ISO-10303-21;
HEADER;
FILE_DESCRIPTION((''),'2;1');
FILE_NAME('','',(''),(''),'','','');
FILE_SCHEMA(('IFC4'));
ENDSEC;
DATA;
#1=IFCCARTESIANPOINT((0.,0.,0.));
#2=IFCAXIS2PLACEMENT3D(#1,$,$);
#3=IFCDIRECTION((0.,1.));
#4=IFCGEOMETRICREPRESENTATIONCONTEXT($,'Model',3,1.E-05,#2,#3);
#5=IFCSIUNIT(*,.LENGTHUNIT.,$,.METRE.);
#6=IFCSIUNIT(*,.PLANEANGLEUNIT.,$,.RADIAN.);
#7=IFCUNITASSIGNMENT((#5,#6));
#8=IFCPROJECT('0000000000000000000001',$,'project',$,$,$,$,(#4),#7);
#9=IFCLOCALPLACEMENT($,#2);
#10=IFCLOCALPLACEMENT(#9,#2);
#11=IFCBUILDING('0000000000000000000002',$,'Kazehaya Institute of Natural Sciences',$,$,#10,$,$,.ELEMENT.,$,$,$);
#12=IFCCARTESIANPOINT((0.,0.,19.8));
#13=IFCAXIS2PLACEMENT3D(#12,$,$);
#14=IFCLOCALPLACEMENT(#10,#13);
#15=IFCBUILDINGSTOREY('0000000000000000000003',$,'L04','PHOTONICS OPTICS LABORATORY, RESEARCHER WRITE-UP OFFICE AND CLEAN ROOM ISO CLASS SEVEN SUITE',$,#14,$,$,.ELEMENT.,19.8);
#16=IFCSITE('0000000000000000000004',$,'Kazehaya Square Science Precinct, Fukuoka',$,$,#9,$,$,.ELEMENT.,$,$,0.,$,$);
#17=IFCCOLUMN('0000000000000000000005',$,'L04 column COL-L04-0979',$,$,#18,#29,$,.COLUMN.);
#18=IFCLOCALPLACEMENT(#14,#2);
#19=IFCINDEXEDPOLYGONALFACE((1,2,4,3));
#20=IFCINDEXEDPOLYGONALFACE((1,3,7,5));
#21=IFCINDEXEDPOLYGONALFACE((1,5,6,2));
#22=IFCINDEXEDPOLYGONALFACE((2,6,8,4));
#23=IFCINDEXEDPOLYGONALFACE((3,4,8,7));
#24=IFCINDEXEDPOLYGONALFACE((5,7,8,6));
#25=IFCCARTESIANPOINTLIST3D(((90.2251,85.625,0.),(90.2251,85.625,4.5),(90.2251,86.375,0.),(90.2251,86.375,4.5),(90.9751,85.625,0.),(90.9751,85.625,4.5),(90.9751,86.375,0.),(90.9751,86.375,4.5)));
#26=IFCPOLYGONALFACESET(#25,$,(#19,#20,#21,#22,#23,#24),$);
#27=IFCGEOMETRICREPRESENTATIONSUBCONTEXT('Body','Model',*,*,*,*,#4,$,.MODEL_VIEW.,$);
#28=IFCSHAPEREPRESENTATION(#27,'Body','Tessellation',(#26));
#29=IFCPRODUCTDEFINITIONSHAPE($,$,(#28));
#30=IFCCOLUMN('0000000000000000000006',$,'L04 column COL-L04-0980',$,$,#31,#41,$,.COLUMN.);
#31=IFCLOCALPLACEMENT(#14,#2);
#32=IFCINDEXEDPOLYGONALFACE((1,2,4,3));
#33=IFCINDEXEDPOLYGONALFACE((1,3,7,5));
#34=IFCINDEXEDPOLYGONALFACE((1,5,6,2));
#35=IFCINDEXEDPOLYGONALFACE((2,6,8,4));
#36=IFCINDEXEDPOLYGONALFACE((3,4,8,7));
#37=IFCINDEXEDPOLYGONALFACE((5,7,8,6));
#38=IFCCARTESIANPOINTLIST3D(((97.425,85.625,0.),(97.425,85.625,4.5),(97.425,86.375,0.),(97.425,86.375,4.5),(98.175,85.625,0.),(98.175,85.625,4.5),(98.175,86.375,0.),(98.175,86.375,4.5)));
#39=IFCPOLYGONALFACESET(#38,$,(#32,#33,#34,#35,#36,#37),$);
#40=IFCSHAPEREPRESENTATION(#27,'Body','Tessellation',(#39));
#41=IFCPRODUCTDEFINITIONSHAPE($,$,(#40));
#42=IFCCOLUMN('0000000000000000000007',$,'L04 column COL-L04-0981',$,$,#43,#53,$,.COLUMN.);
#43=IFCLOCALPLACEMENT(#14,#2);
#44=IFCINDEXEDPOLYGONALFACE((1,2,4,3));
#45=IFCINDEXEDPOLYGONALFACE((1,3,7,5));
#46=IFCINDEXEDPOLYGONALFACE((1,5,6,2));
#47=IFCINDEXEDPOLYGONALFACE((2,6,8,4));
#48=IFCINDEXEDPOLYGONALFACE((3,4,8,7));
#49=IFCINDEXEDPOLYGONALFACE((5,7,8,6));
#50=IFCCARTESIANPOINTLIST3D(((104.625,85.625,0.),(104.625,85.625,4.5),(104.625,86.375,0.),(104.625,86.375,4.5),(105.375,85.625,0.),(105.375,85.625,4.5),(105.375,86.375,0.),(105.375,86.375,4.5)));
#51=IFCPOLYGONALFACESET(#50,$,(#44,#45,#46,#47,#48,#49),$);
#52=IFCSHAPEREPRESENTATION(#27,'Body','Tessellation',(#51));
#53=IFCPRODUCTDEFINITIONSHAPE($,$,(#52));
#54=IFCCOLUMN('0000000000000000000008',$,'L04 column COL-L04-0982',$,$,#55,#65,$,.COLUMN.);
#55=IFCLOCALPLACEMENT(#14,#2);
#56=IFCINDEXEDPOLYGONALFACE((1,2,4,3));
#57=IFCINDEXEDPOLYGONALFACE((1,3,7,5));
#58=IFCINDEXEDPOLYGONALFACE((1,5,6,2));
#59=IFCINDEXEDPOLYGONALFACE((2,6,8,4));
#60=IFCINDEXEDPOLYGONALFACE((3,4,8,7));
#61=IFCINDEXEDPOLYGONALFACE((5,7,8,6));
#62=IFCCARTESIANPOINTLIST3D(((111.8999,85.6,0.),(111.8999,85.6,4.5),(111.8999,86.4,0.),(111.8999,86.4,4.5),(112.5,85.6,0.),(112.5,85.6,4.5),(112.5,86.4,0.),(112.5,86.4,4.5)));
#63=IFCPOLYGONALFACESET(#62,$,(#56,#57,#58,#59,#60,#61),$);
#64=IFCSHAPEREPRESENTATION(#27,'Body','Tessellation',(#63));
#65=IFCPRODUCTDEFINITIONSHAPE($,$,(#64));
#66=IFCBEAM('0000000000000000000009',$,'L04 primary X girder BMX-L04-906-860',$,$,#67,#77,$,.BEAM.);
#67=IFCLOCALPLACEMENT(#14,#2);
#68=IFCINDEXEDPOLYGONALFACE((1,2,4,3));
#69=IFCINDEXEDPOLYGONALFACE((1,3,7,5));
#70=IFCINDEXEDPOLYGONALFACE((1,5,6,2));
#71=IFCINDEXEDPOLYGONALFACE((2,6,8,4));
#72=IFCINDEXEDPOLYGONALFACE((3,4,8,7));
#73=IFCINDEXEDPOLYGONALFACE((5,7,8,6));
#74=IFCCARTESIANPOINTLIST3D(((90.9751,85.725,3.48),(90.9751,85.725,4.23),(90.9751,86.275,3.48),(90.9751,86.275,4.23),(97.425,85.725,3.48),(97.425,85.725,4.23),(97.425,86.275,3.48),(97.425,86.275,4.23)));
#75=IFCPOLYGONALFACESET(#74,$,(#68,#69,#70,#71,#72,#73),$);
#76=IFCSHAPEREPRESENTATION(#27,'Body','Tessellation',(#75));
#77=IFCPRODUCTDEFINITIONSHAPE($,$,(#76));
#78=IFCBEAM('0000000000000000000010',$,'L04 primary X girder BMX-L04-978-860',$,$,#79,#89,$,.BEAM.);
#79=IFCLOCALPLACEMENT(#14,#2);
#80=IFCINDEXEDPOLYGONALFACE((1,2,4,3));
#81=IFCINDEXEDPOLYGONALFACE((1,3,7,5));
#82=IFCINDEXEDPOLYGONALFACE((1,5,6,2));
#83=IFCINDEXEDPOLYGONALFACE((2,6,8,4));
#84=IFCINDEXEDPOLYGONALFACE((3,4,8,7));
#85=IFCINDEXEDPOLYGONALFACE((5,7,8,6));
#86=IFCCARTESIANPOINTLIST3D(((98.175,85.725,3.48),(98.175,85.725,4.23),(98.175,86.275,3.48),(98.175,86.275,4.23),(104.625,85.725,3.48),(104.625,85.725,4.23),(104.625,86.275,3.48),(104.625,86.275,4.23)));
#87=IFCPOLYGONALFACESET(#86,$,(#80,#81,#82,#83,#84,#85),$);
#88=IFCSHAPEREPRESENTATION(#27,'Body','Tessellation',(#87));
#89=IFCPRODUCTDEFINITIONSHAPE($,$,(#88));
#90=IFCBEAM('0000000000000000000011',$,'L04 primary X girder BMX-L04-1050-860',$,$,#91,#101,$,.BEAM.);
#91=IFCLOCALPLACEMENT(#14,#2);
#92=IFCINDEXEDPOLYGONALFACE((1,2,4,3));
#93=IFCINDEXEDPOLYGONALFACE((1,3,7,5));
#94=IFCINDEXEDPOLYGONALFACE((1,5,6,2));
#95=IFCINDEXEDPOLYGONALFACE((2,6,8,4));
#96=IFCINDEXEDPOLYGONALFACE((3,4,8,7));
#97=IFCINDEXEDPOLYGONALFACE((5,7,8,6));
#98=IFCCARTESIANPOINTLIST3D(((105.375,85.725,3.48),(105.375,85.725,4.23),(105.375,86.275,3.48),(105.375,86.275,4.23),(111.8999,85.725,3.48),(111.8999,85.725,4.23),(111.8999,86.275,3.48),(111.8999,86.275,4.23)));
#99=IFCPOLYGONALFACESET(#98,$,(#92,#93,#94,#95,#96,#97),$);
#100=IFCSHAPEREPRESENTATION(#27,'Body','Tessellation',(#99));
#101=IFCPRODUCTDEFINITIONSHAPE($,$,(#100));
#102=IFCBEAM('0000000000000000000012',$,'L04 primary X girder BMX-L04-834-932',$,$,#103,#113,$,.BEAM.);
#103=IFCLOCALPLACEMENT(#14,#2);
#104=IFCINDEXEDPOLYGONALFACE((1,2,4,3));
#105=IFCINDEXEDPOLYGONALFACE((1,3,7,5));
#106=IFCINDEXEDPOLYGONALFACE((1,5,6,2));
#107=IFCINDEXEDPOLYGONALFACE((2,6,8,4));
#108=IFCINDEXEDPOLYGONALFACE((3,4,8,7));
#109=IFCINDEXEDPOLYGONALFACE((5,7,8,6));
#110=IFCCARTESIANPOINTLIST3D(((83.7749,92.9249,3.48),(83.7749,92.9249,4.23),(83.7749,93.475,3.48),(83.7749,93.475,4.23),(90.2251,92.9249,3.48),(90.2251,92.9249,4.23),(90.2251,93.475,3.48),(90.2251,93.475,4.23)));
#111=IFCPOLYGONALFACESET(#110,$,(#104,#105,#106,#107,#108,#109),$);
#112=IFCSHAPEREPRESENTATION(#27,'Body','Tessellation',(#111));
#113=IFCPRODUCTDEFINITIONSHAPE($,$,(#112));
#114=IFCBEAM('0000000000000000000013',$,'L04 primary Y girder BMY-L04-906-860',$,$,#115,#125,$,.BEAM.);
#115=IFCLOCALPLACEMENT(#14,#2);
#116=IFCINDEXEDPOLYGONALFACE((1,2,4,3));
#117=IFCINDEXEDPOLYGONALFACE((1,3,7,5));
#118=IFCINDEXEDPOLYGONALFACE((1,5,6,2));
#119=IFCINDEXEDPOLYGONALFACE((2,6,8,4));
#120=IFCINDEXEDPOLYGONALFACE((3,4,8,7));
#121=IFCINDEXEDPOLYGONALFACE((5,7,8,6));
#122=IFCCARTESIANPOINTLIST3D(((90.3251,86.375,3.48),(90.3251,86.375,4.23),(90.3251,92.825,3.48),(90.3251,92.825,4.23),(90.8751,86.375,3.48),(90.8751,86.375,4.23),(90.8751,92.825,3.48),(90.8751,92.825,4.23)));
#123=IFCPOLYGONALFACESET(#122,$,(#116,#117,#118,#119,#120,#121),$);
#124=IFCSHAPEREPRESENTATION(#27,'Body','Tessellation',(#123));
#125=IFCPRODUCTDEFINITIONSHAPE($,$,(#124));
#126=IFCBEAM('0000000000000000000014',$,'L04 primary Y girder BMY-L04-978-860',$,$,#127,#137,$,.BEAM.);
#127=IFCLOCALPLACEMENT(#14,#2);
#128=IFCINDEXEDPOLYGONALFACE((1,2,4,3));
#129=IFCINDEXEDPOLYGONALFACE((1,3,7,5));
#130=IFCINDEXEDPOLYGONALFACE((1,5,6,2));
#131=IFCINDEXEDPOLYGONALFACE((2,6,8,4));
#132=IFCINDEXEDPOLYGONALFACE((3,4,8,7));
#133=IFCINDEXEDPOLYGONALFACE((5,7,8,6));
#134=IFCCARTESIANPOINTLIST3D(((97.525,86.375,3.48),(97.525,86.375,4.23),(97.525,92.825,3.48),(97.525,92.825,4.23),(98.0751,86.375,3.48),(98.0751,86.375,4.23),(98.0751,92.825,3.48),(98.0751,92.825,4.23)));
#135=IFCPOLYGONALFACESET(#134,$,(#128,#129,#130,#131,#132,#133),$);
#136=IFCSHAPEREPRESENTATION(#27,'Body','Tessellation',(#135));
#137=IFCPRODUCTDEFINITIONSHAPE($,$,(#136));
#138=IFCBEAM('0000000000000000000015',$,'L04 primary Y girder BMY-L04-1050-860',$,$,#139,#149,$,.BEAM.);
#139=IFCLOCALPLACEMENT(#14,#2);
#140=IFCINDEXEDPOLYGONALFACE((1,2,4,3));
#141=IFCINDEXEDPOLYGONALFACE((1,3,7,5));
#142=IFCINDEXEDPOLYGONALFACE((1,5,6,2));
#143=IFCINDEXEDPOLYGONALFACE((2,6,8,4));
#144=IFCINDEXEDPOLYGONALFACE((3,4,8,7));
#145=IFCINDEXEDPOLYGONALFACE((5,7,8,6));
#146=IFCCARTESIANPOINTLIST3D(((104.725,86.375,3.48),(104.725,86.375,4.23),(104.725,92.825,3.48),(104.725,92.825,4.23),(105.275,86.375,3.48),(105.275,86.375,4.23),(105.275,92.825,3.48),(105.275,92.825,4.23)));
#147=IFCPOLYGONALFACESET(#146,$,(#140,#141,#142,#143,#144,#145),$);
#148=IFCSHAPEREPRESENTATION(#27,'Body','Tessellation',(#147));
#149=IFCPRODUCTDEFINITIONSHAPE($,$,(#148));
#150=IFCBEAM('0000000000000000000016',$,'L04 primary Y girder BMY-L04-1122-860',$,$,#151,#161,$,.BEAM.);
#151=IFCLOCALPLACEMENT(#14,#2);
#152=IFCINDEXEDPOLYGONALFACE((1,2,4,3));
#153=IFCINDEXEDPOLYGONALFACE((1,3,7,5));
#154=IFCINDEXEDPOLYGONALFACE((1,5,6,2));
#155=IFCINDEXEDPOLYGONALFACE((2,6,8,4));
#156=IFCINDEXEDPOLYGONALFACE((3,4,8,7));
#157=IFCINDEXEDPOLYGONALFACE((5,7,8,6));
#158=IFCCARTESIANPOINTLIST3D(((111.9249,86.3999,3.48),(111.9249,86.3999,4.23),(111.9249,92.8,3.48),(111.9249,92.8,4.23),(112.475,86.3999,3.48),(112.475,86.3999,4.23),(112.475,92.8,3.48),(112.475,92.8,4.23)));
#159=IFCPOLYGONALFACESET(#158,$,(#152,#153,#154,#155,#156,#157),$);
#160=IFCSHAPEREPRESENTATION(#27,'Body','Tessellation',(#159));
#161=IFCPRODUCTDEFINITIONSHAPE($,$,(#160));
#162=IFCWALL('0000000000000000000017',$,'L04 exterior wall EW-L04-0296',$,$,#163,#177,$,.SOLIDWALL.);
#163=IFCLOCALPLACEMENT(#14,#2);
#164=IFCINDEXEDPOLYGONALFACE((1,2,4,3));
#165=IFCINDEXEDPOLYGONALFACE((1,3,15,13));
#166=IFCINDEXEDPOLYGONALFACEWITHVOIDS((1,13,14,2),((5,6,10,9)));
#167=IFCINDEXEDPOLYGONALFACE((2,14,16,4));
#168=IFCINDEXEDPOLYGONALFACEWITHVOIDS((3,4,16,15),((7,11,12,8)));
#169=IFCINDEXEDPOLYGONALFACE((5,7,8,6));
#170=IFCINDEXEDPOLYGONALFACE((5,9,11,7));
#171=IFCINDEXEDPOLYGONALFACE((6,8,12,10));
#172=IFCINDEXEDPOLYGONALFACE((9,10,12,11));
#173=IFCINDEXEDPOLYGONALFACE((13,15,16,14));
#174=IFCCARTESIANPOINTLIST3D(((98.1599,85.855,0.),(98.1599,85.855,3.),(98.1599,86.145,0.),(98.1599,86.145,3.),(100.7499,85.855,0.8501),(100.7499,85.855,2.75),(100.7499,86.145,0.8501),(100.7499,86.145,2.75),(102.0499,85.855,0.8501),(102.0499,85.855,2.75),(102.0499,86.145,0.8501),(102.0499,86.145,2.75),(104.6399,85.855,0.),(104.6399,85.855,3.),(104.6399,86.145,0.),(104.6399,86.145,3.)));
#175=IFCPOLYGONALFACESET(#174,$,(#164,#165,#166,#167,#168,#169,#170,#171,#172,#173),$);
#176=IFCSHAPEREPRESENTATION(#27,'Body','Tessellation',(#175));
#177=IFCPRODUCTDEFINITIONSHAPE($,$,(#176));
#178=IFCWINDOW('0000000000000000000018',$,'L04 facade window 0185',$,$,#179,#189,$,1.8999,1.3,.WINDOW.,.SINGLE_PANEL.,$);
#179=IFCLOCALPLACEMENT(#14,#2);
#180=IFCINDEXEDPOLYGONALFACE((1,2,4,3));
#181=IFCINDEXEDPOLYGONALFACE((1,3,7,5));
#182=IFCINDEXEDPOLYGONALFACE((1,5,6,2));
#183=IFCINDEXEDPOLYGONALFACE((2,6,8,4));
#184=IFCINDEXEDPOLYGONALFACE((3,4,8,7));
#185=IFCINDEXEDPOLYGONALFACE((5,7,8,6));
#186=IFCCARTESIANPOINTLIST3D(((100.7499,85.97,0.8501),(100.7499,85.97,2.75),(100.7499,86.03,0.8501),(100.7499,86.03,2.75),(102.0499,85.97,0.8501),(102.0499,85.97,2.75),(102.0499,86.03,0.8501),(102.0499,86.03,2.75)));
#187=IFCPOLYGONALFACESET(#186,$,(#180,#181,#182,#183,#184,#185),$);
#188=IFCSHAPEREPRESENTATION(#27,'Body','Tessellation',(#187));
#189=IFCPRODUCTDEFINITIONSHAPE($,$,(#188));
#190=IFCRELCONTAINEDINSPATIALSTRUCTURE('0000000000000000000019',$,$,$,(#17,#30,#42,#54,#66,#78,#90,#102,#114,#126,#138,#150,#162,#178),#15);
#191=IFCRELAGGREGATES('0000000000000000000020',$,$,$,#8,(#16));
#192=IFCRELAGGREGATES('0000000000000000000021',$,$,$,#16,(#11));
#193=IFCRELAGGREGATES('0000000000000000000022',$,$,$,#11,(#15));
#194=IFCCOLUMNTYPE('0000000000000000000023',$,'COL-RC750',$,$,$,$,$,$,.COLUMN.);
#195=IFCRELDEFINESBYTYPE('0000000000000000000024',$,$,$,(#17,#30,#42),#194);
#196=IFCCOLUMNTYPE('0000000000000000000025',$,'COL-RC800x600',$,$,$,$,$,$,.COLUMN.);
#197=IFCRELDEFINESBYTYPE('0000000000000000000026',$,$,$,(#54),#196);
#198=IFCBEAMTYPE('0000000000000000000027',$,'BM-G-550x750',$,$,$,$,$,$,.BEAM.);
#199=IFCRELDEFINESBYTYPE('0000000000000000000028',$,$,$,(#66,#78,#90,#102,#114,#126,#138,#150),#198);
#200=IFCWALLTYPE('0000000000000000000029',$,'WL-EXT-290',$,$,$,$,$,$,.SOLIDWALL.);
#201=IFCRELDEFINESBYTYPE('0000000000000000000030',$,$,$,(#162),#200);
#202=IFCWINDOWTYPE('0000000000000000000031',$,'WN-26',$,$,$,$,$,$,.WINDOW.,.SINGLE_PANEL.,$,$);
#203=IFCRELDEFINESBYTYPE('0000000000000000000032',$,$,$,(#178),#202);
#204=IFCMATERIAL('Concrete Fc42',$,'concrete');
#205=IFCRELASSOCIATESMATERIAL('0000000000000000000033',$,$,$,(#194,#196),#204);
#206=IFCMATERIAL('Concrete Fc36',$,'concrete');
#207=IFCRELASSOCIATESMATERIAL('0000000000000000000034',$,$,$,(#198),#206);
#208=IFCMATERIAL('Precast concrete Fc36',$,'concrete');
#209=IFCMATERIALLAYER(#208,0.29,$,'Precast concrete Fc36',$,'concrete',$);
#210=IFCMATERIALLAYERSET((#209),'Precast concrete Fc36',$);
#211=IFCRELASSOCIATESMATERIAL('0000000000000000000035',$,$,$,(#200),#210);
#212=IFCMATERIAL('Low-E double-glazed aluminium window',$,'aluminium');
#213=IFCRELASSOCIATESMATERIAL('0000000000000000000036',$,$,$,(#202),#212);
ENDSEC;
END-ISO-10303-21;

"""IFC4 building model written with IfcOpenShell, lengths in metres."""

from ifc_helpers import new_model, si_unit, direction, frame, frame_2d, origin, origin_2d, place, context, subcontext, project, spatial, rectangle, extrude, material, layer, layer_set, material_profile, profile_set, type_object, element, fill, save


model = new_model("IFC4")

# Units and contexts
model_context = context("Model", 3, precision=1e-05, world=origin(), true_north=direction((0.0, 1.0)))
body_context = subcontext(model_context, "Body", "Model", "MODEL_VIEW")
ifc_project = project(units=[si_unit("LENGTHUNIT", "METRE"), si_unit("PLANEANGLEUNIT", "RADIAN")], contexts=[model_context])

# Site, building, storey
site_placement = place(None, origin())
site = spatial("IfcSite", under=ifc_project, at=site_placement, Name="Kazehaya Square Science Precinct, Fukuoka", CompositionType="ELEMENT", RefElevation=0.0)
building_placement = place(site_placement, origin())
building = spatial("IfcBuilding", under=site, at=building_placement, Name="Kazehaya Institute of Natural Sciences", CompositionType="ELEMENT")
storey_placement = place(building_placement, frame((0.0, 0.0, 19.8)))
storey = spatial("IfcBuildingStorey", under=building, at=storey_placement, Name="L04", Description="PHOTONICS OPTICS LABORATORY, RESEARCHER WRITE-UP OFFICE AND CLEAN ROOM ISO CLASS SEVEN SUITE", CompositionType="ELEMENT", Elevation=19.8)

# Columns
ifc_material_1 = material(Name="Concrete Fc42", Category="concrete")
ifc_material_profile_1 = material_profile(ifc_material_1, rectangle(XDim=0.75, YDim=0.75, at=origin_2d()), Name="RC-750x750")
ifc_profile_set_1 = profile_set([ifc_material_profile_1], Name="Concrete Fc42")
column_type_1 = type_object("IfcColumnType", Name="COL-RC750", PredefinedType="COLUMN", material=ifc_profile_set_1)
for number, where, z_axis, x_axis, name in (
    (1, (90.6001, 86.0, 0.0), (0.0, 0.0, 1.0), (1.0, 0.0, 0.0), "L04 column COL-L04-0979"),
    (2, (97.8, 86.0, 0.0), (0.0, 0.0, 1.0), (1.0, 0.0, 0.0), "L04 column COL-L04-0980"),
    (3, (105.0, 86.0, 0.0), (0.0, 0.0, 1.0), (1.0, 0.0, 0.0), "L04 column COL-L04-0981"),
):
    element("IfcColumn", number, at=place(storey_placement, frame(where, z_axis=z_axis, x_axis=x_axis)), inside=storey, type_object=column_type_1, Name=name, PredefinedType="COLUMN", context=body_context, shape_type="SweptSolid", body=[
        extrude(rectangle(XDim=0.75, YDim=0.75, at=origin_2d()), origin(), (0.0, 0.0, 1.0), 4.5),
    ])
ifc_material_profile_2 = material_profile(ifc_material_1, rectangle(XDim=0.6001, YDim=0.8, at=origin_2d()), Name="RC-800x600")
ifc_profile_set_2 = profile_set([ifc_material_profile_2], Name="Concrete Fc42")
column_type_2 = type_object("IfcColumnType", Name="COL-RC800x600", PredefinedType="COLUMN", material=ifc_profile_set_2)
column_placement = place(storey_placement, frame((112.2, 86.0, 0.0), z_axis=(0.0, 0.0, 1.0), x_axis=(1.0, 0.0, 0.0)))
element("IfcColumn", 4, at=column_placement, inside=storey, type_object=column_type_2, Name="L04 column COL-L04-0982", PredefinedType="COLUMN", context=body_context, shape_type="SweptSolid", body=[
    extrude(rectangle(XDim=0.6001, YDim=0.8, at=origin_2d()), origin(), (0.0, 0.0, 1.0), 4.5),
])

# Beams
ifc_material_2 = material(Name="Concrete Fc36", Category="concrete")
ifc_material_profile_3 = material_profile(ifc_material_2, rectangle(XDim=0.55, YDim=0.75, at=origin_2d()), Name="RC-550x750")
ifc_profile_set_3 = profile_set([ifc_material_profile_3], Name="Concrete Fc36")
beam_type = type_object("IfcBeamType", Name="BM-G-550x750", PredefinedType="BEAM", material=ifc_profile_set_3)
for number, where, z_axis, x_axis, name in (
    (5, (90.9751, 86.0, 3.855), (1.0, 0.0, 0.0), (0.0, 1.0, 0.0), "L04 primary X girder BMX-L04-906-860"),
    (6, (98.175, 86.0, 3.855), (1.0, 0.0, 0.0), (0.0, 1.0, 0.0), "L04 primary X girder BMX-L04-978-860"),
):
    element("IfcBeam", number, at=place(storey_placement, frame(where, z_axis=z_axis, x_axis=x_axis)), inside=storey, type_object=beam_type, Name=name, PredefinedType="BEAM", context=body_context, shape_type="SweptSolid", body=[
        extrude(rectangle(XDim=0.55, YDim=0.75, at=origin_2d()), origin(), (0.0, 0.0, 1.0), 6.45),
    ])
beam_1_placement = place(storey_placement, frame((105.375, 86.0, 3.855), z_axis=(1.0, 0.0, 0.0), x_axis=(0.0, 1.0, 0.0)))
element("IfcBeam", 7, at=beam_1_placement, inside=storey, type_object=beam_type, Name="L04 primary X girder BMX-L04-1050-860", PredefinedType="BEAM", context=body_context, shape_type="SweptSolid", body=[
    extrude(rectangle(XDim=0.55, YDim=0.75, at=origin_2d()), origin(), (0.0, 0.0, 1.0), 6.5249),
])
beam_2_placement = place(storey_placement, frame((83.7749, 93.2, 3.855), z_axis=(1.0, 0.0, 0.0), x_axis=(0.0, 1.0, 0.0)))
element("IfcBeam", 8, at=beam_2_placement, inside=storey, type_object=beam_type, Name="L04 primary X girder BMX-L04-834-932", PredefinedType="BEAM", context=body_context, shape_type="SweptSolid", body=[
    extrude(rectangle(XDim=0.55, YDim=0.75, at=origin_2d()), origin(), (0.0, 0.0, 1.0), 6.4502),
])
for number, where, z_axis, x_axis, name in (
    (9, (90.6001, 86.375, 3.855), (0.0, 1.0, 0.0), (-1.0, 0.0, 0.0), "L04 primary Y girder BMY-L04-906-860"),
    (10, (97.8, 86.375, 3.855), (0.0, 1.0, 0.0), (-1.0, 0.0, 0.0), "L04 primary Y girder BMY-L04-978-860"),
    (11, (105.0, 86.375, 3.855), (0.0, 1.0, 0.0), (-1.0, 0.0, 0.0), "L04 primary Y girder BMY-L04-1050-860"),
):
    element("IfcBeam", number, at=place(storey_placement, frame(where, z_axis=z_axis, x_axis=x_axis)), inside=storey, type_object=beam_type, Name=name, PredefinedType="BEAM", context=body_context, shape_type="SweptSolid", body=[
        extrude(rectangle(XDim=0.55, YDim=0.75, at=origin_2d()), origin(), (0.0, 0.0, 1.0), 6.45),
    ])
beam_3_placement = place(storey_placement, frame((112.2, 86.3999, 3.855), z_axis=(0.0, 1.0, 0.0), x_axis=(-1.0, 0.0, 0.0)))
element("IfcBeam", 12, at=beam_3_placement, inside=storey, type_object=beam_type, Name="L04 primary Y girder BMY-L04-1122-860", PredefinedType="BEAM", context=body_context, shape_type="SweptSolid", body=[
    extrude(rectangle(XDim=0.55, YDim=0.75, at=origin_2d()), origin(), (0.0, 0.0, 1.0), 6.4001),
])

# Wall, opening, window
ifc_material_3 = material(Name="Precast concrete Fc36", Category="concrete")
ifc_layer_1 = layer(ifc_material_3, 0.29, Name="Precast concrete Fc36", Category="concrete")
ifc_layer_set_1 = layer_set([ifc_layer_1], Name="Precast concrete Fc36")
wall_type_1 = type_object("IfcWallType", Name="WL-EXT-290", PredefinedType="SOLIDWALL", material=ifc_layer_set_1)
wall_1_placement = place(storey_placement, frame((104.6399, 86.0, 0.0), z_axis=(0.0, 0.0, 1.0), x_axis=(-1.0, 0.0, 0.0)))
wall_1 = element("IfcWall", 13, at=wall_1_placement, inside=storey, type_object=wall_type_1, Name="L04 exterior wall EW-L04-0296", PredefinedType="SOLIDWALL", context=body_context, shape_type="SweptSolid", body=[
    extrude(rectangle(XDim=6.48, YDim=0.29, at=frame_2d((3.24, 0.0))), origin(), (0.0, 0.0, 1.0), 3.0),
])
opening_1_placement = place(wall_1_placement, frame((2.5901, 0.0, 0.8501)))
opening_1 = element("IfcOpeningElement", 14, at=opening_1_placement, cuts=wall_1, PredefinedType="OPENING", context=body_context, shape_type="SweptSolid", body=[
    extrude(rectangle(XDim=1.3, YDim=1.8999, at=frame_2d((0.6499, 0.95))), frame((0.0, 0.155, 0.0), z_axis=(0.0, -1.0, 0.0), x_axis=(1.0, 0.0, 0.0)), (0.0, 0.0, 1.0), 0.3101),
])
ifc_material_4 = material(Name="Low-E double-glazed aluminium window", Category="aluminium")
window_type = type_object("IfcWindowType", Name="WN-26", PartitioningType="SINGLE_PANEL", PredefinedType="WINDOW", material=ifc_material_4)
window_1_placement = place(opening_1_placement, origin())
window_1 = element("IfcWindow", 15, at=window_1_placement, inside=storey, type_object=window_type, Name="L04 facade window 0185", OverallHeight=1.8999, OverallWidth=1.3, PartitioningType="SINGLE_PANEL", PredefinedType="WINDOW", context=body_context, shape_type="SweptSolid", body=[
    extrude(rectangle(XDim=1.3, YDim=1.8999, at=frame_2d((0.6499, 0.95))), frame((0.0, 0.03, 0.0), z_axis=(0.0, -1.0, 0.0), x_axis=(1.0, 0.0, 0.0)), (0.0, 0.0, 1.0), 0.0601),
])
fill(opening_1, window_1)

save(model, "model.ifc")
